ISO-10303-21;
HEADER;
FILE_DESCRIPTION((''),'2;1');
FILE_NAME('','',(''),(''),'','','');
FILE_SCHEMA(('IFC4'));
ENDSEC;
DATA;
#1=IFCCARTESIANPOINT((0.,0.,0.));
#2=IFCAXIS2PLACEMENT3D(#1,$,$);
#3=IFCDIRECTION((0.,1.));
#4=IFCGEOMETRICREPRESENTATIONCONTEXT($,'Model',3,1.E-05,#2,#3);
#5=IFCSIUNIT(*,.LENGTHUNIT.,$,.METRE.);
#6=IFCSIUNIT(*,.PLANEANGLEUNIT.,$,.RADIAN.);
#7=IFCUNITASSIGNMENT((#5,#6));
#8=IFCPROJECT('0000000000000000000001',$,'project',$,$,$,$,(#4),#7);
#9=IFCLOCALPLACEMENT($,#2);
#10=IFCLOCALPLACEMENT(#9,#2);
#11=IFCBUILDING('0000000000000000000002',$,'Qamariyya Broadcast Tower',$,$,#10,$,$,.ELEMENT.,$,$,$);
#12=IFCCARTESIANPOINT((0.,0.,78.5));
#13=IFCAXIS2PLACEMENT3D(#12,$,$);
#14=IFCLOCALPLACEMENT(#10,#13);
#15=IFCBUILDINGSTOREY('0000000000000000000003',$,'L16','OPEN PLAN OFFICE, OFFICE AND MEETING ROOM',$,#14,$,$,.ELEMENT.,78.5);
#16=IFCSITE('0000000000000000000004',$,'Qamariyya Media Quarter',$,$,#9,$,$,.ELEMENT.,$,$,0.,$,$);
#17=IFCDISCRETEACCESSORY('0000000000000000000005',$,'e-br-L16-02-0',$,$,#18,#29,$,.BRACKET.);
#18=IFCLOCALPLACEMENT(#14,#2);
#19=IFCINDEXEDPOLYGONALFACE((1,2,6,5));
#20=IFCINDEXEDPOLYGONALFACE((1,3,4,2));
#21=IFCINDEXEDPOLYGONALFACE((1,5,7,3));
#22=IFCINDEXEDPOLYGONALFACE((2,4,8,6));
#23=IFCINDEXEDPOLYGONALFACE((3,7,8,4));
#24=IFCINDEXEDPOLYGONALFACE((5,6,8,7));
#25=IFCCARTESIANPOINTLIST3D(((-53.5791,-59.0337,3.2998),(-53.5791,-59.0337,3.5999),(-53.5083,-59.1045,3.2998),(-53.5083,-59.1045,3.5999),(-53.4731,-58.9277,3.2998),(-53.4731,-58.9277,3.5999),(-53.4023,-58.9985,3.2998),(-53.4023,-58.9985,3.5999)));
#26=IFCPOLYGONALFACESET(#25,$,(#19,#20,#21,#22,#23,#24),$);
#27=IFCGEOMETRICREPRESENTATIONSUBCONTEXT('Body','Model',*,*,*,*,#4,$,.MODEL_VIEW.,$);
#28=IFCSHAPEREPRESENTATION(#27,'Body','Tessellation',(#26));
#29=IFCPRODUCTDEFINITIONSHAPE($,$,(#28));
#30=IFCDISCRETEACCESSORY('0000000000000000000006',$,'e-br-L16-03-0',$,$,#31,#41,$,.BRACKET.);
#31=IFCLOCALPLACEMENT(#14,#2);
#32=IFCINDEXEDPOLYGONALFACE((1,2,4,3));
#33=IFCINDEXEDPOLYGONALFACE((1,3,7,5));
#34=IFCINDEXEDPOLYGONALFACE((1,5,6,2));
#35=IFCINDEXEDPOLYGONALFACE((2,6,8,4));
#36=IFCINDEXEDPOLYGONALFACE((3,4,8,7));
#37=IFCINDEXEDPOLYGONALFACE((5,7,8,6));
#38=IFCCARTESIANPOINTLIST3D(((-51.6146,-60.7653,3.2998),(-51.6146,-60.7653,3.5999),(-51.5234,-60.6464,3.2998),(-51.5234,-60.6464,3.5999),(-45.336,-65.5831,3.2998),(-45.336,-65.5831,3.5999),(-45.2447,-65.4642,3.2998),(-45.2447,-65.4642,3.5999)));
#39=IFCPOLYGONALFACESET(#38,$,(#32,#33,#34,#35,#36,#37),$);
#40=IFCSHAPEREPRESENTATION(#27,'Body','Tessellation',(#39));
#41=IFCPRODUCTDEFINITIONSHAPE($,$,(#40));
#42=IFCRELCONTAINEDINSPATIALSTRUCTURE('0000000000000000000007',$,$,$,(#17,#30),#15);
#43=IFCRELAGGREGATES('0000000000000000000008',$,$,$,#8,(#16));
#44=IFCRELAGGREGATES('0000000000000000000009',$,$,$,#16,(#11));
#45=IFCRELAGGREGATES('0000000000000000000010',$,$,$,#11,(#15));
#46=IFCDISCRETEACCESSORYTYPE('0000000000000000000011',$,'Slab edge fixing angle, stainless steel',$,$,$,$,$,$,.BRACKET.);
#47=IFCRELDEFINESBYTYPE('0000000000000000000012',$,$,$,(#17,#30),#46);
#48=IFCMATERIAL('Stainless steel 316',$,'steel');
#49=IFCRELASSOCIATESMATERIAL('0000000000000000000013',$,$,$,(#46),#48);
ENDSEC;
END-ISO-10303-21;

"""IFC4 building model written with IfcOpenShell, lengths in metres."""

from ifc_helpers import new_model, si_unit, direction, frame, origin, origin_2d, place, context, subcontext, project, spatial, rectangle, extrude, material, type_object, element, save


model = new_model("IFC4")

# Units and contexts
model_context = context("Model", 3, precision=1e-05, world=origin(), true_north=direction((0.0, 1.0)))
body_context = subcontext(model_context, "Body", "Model", "MODEL_VIEW")
ifc_project = project(units=[si_unit("LENGTHUNIT", "METRE"), si_unit("PLANEANGLEUNIT", "RADIAN")], contexts=[model_context])

# Site, building, storey
site_placement = place(None, origin())
site = spatial("IfcSite", under=ifc_project, at=site_placement, Name="Qamariyya Media Quarter", CompositionType="ELEMENT", RefElevation=0.0)
building_placement = place(site_placement, origin())
building = spatial("IfcBuilding", under=site, at=building_placement, Name="Qamariyya Broadcast Tower", CompositionType="ELEMENT")
storey_placement = place(building_placement, frame((0.0, 0.0, 78.5)))
storey = spatial("IfcBuildingStorey", under=building, at=storey_placement, Name="L16", Description="OPEN PLAN OFFICE, OFFICE AND MEETING ROOM", CompositionType="ELEMENT", Elevation=78.5)

# Discrete accessories
ifc_material_1 = material(Name="Stainless steel 316", Category="steel")
discrete_accessory_type = type_object("IfcDiscreteAccessoryType", Name="Slab edge fixing angle, stainless steel", PredefinedType="BRACKET", material=ifc_material_1)
discrete_accessory_1_placement = place(storey_placement, frame((-53.4907, -59.0161, 3.2998), z_axis=(0.0, 0.0, 1.0), x_axis=(0.707107, -0.707107, 0.0)))
element("IfcDiscreteAccessory", 1, at=discrete_accessory_1_placement, inside=storey, type_object=discrete_accessory_type, Name="e-br-L16-02-0", PredefinedType="BRACKET", context=body_context, shape_type="SweptSolid", body=[
    extrude(rectangle(XDim=0.1001, YDim=0.1499, at=origin_2d()), origin(), (0.0, 0.0, 1.0), 0.3),
])
discrete_accessory_2_placement = place(storey_placement, frame((-48.4297, -63.1147, 3.2998), z_axis=(0.0, 0.0, 1.0), x_axis=(0.793353, -0.608761, 0.0)))
element("IfcDiscreteAccessory", 2, at=discrete_accessory_2_placement, inside=storey, type_object=discrete_accessory_type, Name="e-br-L16-03-0", PredefinedType="BRACKET", context=body_context, shape_type="SweptSolid", body=[
    extrude(rectangle(XDim=7.9141, YDim=0.1499, at=origin_2d()), origin(), (0.0, 0.0, 1.0), 0.3),
])

save(model, "model.ifc")
